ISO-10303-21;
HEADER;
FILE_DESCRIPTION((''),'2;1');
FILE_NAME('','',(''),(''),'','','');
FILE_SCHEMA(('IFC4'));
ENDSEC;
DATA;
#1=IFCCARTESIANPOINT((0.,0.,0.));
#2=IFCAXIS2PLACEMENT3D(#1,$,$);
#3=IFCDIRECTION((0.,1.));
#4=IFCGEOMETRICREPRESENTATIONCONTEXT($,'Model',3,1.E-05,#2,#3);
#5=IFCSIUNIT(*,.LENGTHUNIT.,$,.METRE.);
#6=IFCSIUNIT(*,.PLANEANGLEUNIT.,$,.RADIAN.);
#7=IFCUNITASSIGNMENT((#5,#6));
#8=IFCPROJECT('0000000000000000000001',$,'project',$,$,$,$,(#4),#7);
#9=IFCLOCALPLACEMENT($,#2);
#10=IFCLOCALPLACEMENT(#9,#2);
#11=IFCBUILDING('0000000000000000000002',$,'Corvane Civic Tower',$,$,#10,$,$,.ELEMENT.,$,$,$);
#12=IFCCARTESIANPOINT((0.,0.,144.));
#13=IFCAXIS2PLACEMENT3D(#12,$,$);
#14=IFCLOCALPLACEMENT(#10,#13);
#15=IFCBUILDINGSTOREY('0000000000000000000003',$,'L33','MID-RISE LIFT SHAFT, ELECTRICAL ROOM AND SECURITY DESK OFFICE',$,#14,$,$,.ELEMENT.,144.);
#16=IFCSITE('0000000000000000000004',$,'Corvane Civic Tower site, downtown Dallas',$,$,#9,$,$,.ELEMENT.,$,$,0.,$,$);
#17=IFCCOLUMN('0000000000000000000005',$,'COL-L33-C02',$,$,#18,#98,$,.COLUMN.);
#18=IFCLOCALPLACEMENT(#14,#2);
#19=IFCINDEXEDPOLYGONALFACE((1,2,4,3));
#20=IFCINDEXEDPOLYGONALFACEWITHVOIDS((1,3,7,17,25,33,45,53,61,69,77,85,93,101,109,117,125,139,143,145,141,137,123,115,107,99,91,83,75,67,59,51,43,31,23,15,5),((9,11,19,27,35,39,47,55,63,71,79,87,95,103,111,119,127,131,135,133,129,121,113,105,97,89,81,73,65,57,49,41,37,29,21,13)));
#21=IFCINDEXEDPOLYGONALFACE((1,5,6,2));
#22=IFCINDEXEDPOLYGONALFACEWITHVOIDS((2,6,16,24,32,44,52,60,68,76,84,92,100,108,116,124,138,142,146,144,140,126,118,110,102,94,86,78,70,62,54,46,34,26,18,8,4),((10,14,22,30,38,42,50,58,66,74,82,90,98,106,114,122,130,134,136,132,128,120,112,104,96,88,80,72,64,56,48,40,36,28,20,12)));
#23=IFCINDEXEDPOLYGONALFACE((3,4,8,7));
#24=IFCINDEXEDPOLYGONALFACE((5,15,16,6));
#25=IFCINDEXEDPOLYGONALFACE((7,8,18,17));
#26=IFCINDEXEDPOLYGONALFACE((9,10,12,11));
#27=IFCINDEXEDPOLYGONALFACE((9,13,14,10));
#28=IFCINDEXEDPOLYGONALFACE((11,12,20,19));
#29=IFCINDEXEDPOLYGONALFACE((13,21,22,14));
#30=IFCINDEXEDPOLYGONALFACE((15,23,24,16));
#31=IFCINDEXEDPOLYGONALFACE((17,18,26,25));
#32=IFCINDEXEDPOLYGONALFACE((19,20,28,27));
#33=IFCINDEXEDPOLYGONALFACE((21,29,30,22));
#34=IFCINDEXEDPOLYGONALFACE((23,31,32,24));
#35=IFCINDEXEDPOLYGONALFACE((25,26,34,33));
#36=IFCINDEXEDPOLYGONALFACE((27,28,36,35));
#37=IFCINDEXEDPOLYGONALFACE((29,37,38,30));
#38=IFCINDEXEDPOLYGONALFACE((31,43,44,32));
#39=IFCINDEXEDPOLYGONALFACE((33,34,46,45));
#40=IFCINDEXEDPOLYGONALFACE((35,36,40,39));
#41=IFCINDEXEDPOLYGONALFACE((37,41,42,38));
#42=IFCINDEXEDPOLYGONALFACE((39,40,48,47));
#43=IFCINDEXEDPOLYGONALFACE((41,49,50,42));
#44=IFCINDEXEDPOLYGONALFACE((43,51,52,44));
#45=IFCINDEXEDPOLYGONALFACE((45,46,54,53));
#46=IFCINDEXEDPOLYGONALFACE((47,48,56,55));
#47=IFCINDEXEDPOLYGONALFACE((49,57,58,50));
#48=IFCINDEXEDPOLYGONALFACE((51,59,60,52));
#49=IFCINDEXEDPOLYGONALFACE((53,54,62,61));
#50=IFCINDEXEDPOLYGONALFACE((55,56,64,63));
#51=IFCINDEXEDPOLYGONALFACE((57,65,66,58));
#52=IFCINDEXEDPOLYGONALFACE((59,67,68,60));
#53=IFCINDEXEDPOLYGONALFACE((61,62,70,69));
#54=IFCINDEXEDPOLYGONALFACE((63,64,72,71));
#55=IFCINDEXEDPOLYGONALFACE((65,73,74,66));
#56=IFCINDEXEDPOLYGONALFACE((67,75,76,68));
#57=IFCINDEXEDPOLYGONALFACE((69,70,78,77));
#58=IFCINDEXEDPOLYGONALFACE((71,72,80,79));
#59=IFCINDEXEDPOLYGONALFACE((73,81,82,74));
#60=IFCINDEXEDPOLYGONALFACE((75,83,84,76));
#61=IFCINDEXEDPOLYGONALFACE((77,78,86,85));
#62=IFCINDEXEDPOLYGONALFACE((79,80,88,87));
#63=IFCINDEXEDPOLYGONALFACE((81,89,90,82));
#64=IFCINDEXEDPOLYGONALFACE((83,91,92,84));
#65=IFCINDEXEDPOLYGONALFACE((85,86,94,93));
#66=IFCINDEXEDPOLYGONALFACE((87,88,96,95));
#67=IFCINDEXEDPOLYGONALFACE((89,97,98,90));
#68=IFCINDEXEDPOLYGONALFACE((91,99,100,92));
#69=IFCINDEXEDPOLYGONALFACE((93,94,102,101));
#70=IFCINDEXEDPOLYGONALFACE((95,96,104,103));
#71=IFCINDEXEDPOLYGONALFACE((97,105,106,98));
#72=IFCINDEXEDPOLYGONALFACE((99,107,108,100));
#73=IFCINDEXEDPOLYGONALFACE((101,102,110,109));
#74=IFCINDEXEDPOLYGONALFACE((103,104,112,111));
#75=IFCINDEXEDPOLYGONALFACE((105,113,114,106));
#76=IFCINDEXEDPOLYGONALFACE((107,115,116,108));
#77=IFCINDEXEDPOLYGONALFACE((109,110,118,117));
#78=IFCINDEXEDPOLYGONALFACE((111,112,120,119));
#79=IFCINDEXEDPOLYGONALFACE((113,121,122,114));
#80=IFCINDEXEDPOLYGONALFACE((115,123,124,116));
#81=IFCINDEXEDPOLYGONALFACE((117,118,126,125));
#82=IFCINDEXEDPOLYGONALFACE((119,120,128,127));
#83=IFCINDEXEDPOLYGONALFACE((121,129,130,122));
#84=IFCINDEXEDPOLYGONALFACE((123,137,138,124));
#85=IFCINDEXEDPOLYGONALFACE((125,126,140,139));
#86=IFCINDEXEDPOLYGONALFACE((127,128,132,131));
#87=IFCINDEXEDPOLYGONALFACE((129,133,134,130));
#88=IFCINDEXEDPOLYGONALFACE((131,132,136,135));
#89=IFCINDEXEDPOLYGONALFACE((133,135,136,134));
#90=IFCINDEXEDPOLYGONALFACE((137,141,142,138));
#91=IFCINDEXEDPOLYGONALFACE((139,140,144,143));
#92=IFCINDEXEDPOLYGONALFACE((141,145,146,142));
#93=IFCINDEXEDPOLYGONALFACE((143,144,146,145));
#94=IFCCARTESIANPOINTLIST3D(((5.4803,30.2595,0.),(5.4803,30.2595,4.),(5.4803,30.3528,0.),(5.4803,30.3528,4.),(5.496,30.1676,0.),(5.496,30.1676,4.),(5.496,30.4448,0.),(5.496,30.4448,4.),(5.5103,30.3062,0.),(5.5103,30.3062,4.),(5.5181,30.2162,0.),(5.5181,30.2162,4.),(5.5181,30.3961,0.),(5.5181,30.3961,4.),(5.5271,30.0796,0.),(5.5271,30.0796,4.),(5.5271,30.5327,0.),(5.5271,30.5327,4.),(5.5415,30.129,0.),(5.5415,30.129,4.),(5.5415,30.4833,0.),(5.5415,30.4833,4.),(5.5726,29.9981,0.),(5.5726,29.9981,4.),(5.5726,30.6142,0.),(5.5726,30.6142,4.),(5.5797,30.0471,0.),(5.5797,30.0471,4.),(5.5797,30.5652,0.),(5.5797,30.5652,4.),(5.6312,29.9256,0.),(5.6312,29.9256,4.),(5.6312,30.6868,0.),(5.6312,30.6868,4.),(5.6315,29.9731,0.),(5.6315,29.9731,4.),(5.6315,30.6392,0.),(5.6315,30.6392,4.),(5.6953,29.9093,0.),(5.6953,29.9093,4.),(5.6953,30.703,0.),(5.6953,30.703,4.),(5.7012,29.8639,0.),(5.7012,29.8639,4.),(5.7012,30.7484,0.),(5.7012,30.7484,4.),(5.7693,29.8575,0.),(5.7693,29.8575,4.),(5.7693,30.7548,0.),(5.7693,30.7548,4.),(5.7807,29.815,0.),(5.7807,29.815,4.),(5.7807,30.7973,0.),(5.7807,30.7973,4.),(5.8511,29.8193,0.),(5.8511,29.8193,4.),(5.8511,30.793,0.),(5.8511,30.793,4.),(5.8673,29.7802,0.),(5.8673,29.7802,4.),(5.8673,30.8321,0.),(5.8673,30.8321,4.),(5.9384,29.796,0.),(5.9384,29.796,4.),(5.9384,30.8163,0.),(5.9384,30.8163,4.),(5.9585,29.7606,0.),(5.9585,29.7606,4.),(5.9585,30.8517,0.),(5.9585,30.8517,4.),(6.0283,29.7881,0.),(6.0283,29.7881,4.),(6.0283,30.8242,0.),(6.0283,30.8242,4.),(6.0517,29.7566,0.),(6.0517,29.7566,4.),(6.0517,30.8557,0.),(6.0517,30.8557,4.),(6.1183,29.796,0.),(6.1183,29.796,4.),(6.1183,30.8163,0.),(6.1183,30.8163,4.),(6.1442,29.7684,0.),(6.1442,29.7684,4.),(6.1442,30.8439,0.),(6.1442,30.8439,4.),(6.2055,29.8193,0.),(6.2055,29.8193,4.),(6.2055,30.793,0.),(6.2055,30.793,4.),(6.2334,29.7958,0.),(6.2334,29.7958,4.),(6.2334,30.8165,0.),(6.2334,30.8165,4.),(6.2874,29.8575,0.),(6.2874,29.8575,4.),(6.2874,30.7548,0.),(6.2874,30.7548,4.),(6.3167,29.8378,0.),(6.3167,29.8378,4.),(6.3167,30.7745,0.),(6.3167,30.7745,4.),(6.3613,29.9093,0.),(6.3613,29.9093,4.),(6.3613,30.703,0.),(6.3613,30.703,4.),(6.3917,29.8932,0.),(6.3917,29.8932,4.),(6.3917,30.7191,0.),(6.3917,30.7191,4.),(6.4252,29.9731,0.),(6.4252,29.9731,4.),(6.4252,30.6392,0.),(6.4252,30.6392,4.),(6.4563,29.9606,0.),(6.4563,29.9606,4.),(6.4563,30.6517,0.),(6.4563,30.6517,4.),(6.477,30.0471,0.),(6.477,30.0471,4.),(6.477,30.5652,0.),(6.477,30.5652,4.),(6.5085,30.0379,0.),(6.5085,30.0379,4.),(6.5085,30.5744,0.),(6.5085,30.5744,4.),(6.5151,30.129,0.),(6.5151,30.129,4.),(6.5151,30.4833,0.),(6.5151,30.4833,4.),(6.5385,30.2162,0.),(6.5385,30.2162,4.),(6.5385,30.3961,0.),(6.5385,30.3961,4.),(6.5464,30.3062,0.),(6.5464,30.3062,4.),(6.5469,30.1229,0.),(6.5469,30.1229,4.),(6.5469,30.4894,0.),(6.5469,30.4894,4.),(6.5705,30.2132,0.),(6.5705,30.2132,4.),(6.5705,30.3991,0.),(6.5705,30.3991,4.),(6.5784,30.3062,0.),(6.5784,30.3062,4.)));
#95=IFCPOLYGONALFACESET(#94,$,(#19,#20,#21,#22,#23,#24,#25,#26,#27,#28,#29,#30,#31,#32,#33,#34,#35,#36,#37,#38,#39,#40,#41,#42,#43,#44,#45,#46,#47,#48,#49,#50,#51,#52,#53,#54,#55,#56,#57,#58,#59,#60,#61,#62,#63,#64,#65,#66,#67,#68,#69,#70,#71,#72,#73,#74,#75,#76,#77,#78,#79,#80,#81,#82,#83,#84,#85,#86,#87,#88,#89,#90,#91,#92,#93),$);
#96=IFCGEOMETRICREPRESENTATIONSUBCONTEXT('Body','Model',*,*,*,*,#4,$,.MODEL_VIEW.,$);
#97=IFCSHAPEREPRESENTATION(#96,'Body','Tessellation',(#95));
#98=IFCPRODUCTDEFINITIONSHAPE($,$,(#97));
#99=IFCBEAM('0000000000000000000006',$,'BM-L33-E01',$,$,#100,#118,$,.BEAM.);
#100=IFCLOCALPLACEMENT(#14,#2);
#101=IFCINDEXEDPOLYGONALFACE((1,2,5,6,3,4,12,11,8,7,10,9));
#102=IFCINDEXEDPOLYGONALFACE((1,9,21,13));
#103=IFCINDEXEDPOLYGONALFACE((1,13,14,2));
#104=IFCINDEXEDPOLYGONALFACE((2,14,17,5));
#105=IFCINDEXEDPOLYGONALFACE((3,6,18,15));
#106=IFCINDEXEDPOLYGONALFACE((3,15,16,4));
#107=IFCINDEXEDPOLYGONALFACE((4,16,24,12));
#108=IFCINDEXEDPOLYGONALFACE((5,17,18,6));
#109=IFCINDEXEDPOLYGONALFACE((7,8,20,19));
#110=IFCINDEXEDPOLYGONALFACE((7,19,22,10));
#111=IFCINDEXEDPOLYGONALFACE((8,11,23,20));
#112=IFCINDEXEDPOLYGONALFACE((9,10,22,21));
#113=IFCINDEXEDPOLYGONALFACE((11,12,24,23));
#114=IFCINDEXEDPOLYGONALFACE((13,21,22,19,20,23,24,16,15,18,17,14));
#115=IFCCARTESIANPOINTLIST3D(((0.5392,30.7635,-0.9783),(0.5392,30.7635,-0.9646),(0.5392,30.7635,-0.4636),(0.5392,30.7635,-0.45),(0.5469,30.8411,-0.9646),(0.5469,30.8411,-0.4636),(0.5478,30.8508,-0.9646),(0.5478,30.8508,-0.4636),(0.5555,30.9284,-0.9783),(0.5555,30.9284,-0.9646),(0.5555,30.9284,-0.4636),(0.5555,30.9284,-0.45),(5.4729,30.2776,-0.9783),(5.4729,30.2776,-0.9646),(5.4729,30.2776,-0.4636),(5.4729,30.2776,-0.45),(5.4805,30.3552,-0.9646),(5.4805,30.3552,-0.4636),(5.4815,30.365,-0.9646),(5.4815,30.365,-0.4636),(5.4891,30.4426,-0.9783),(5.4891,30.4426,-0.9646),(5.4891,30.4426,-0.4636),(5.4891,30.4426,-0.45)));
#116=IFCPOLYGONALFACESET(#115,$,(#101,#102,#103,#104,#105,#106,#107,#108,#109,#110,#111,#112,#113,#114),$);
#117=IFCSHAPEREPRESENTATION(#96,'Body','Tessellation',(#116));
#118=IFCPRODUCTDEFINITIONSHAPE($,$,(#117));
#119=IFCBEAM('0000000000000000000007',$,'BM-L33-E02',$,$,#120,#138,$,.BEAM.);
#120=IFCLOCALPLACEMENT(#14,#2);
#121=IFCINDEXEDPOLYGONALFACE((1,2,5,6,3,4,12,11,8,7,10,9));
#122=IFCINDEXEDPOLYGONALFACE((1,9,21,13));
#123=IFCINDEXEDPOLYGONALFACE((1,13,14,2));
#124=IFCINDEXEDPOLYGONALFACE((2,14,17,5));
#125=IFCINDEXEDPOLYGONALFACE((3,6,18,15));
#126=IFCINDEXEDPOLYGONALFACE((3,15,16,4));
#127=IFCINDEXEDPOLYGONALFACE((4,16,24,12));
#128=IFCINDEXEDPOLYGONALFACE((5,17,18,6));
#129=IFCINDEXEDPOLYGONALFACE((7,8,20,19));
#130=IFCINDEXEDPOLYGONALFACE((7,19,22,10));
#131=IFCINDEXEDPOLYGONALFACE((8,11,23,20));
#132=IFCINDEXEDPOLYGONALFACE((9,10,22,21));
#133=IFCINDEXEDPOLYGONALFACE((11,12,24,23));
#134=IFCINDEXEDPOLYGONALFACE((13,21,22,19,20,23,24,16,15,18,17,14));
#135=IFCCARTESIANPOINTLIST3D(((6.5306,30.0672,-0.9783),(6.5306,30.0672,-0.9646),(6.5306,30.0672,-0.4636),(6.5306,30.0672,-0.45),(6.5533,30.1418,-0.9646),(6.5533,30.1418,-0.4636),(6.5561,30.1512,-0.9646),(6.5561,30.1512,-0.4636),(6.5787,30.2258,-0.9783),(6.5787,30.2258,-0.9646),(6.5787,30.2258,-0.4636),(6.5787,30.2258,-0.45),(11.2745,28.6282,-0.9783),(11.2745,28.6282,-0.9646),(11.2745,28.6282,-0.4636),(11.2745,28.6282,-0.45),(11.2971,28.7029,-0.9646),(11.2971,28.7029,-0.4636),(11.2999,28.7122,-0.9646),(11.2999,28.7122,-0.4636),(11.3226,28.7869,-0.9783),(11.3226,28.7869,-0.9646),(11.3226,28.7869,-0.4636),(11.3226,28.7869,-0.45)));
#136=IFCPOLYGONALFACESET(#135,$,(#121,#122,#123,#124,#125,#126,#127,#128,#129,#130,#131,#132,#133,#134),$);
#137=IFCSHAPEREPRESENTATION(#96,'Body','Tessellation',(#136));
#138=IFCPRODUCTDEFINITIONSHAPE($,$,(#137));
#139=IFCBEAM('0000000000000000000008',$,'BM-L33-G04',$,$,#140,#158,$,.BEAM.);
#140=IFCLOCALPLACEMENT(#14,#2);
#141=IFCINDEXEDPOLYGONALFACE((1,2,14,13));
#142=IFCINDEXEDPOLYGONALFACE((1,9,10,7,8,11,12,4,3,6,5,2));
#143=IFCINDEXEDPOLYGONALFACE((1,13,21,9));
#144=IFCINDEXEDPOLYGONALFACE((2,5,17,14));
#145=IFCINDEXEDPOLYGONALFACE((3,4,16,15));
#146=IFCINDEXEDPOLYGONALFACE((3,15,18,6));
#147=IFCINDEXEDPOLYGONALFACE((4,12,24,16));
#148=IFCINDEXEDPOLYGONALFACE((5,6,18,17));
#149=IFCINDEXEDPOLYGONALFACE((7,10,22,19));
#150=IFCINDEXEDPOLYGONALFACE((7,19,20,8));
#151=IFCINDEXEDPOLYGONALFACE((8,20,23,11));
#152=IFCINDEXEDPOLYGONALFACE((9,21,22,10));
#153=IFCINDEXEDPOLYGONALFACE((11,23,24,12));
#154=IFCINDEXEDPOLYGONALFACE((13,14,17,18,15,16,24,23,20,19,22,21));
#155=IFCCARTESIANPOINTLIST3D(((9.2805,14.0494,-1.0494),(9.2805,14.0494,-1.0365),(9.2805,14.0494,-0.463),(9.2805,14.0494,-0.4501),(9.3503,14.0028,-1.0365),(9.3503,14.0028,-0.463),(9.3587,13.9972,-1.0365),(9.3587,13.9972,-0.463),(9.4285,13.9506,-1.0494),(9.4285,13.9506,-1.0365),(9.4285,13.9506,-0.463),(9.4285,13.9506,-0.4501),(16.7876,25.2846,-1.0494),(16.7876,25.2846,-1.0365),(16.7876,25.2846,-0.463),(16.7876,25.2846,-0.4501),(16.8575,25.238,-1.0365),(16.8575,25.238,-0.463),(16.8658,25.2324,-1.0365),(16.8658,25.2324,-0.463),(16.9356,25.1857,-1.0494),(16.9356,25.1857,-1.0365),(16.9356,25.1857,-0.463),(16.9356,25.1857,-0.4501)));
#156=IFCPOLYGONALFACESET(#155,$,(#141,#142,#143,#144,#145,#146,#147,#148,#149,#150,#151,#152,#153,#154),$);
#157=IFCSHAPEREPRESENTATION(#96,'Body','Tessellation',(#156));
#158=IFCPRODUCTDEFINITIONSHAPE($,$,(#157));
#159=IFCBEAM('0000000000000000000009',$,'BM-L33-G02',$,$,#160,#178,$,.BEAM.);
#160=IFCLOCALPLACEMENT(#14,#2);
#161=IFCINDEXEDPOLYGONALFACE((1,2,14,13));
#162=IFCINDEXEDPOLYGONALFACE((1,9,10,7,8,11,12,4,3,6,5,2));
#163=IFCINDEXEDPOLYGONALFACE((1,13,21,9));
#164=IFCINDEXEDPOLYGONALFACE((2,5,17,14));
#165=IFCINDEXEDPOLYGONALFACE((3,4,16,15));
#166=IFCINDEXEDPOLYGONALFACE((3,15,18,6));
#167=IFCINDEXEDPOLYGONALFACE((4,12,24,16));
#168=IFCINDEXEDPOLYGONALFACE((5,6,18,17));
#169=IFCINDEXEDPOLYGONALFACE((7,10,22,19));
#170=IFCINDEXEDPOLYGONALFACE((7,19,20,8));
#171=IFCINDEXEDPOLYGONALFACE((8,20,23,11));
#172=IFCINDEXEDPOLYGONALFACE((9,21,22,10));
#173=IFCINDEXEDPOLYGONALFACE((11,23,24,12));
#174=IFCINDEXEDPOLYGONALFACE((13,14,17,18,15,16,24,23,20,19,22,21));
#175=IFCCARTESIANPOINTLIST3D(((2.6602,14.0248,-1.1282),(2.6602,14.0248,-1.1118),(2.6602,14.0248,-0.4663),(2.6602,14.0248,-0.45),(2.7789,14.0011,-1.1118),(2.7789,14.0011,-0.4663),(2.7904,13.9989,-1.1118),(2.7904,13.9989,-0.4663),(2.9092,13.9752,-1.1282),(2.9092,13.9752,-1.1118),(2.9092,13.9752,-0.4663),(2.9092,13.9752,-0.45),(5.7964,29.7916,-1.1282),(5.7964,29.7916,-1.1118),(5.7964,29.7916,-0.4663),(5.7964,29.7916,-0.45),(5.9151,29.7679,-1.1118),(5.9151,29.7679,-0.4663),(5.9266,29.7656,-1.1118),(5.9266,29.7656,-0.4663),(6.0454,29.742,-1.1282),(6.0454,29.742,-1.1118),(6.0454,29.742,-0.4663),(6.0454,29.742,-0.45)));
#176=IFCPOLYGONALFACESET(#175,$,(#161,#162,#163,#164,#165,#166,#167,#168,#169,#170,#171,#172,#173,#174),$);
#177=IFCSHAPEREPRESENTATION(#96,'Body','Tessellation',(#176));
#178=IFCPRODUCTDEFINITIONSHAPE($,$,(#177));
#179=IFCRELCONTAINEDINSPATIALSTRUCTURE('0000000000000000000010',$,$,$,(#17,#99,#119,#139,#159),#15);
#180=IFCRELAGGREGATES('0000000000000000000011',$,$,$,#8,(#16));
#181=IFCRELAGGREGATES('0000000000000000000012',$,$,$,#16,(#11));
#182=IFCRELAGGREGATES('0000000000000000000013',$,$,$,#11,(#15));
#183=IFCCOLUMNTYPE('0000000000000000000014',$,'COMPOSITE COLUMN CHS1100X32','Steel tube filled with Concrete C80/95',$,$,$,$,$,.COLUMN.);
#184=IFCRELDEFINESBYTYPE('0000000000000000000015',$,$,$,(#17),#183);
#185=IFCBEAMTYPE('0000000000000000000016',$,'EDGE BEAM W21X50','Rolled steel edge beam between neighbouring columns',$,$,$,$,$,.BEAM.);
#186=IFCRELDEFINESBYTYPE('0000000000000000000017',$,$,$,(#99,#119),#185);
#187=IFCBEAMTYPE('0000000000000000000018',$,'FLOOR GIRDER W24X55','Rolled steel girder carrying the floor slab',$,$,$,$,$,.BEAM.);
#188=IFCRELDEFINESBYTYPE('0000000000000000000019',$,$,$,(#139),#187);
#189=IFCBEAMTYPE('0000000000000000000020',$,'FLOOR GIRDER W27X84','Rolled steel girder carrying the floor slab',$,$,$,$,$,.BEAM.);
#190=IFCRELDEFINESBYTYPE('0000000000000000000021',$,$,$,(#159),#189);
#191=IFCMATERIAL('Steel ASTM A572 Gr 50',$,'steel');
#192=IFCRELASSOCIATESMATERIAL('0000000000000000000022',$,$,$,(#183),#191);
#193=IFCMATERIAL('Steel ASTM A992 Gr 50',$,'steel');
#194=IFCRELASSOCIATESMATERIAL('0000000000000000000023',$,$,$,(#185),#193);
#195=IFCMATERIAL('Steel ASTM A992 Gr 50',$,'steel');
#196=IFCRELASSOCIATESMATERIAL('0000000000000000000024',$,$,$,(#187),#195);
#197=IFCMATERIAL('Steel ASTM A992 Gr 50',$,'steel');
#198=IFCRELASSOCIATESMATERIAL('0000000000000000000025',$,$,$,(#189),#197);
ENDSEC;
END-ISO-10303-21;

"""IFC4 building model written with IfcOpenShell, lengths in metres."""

from ifc_helpers import new_model, si_unit, direction, frame, origin, origin_2d, place, context, subcontext, project, spatial, hollow_circle, i_section, extrude, material, material_profile, profile_set, type_object, element, save


model = new_model("IFC4")

# Units and contexts
model_context = context("Model", 3, precision=1e-05, world=origin(), true_north=direction((0.0, 1.0)))
body_context = subcontext(model_context, "Body", "Model", "MODEL_VIEW")
ifc_project = project(units=[si_unit("LENGTHUNIT", "METRE"), si_unit("PLANEANGLEUNIT", "RADIAN")], contexts=[model_context])

# Site, building, storey
site_placement = place(None, origin())
site = spatial("IfcSite", under=ifc_project, at=site_placement, Name="Corvane Civic Tower site, downtown Dallas", CompositionType="ELEMENT", RefElevation=0.0)
building_placement = place(site_placement, origin())
building = spatial("IfcBuilding", under=site, at=building_placement, Name="Corvane Civic Tower", CompositionType="ELEMENT")
storey_placement = place(building_placement, frame((0.0, 0.0, 144.0)))
storey = spatial("IfcBuildingStorey", under=building, at=storey_placement, Name="L33", Description="MID-RISE LIFT SHAFT, ELECTRICAL ROOM AND SECURITY DESK OFFICE", CompositionType="ELEMENT", Elevation=144.0)

# Column
ifc_material_1 = material(Name="Steel ASTM A572 Gr 50", Category="steel")
ifc_material_profile_1 = material_profile(ifc_material_1, hollow_circle(Radius=0.55, WallThickness=0.032, at=origin_2d()), Name="CHS1100X32")
ifc_profile_set_1 = profile_set([ifc_material_profile_1], Name="Steel ASTM A572 Gr 50")
column_type = type_object("IfcColumnType", Name="COMPOSITE COLUMN CHS1100X32", Description="Steel tube filled with Concrete C80/95", PredefinedType="COLUMN", material=ifc_profile_set_1)
column_placement = place(storey_placement, frame((6.0283, 30.3062, 0.0), z_axis=(0.0, 0.0, 1.0), x_axis=(1.0, 0.0, 0.0)))
element("IfcColumn", 1, at=column_placement, inside=storey, type_object=column_type, Name="COL-L33-C02", PredefinedType="COLUMN", context=body_context, shape_type="SweptSolid", body=[
    extrude(hollow_circle(Radius=0.55, WallThickness=0.032, at=origin_2d()), origin(), (0.0, 0.0, 1.0), 4.0),
])

# Beams
ifc_material_2 = material(Name="Steel ASTM A992 Gr 50", Category="steel")
ifc_material_profile_2 = material_profile(ifc_material_2, i_section(OverallWidth=0.1658, OverallDepth=0.5283, WebThickness=0.0098, FlangeThickness=0.0137, at=origin_2d()), Name="W21X50")
ifc_profile_set_2 = profile_set([ifc_material_profile_2], Name="Steel ASTM A992 Gr 50")
beam_type_1 = type_object("IfcBeamType", Name="EDGE BEAM W21X50", Description="Rolled steel edge beam between neighbouring columns", PredefinedType="BEAM", material=ifc_profile_set_2)
beam_1_placement = place(storey_placement, frame((0.5474, 30.8459, -0.7141), z_axis=(0.995186, -0.098002, 0.0), x_axis=(0.098002, 0.995186, 0.0)))
element("IfcBeam", 2, at=beam_1_placement, inside=storey, type_object=beam_type_1, Name="BM-L33-E01", PredefinedType="BEAM", context=body_context, shape_type="SweptSolid", body=[
    extrude(i_section(OverallWidth=0.1658, OverallDepth=0.5283, WebThickness=0.0098, FlangeThickness=0.0137, at=origin_2d()), origin(), (0.0, 0.0, 1.0), 4.9575),
])
beam_2_placement = place(storey_placement, frame((6.5547, 30.1465, -0.7141), z_axis=(0.956945, -0.29027, 0.0), x_axis=(0.29027, 0.956945, 0.0)))
element("IfcBeam", 3, at=beam_2_placement, inside=storey, type_object=beam_type_1, Name="BM-L33-E02", PredefinedType="BEAM", context=body_context, shape_type="SweptSolid", body=[
    extrude(i_section(OverallWidth=0.1658, OverallDepth=0.5283, WebThickness=0.0098, FlangeThickness=0.0137, at=origin_2d()), origin(), (0.0, 0.0, 1.0), 4.9573),
])
ifc_material_3 = material(Name="Steel ASTM A992 Gr 50", Category="steel")
ifc_material_profile_3 = material_profile(ifc_material_3, i_section(OverallWidth=0.178, OverallDepth=0.5994, WebThickness=0.01, FlangeThickness=0.0129, at=origin_2d()), Name="W24X55")
ifc_profile_set_3 = profile_set([ifc_material_profile_3], Name="Steel ASTM A992 Gr 50")
beam_type_2 = type_object("IfcBeamType", Name="FLOOR GIRDER W24X55", Description="Rolled steel girder carrying the floor slab", PredefinedType="BEAM", material=ifc_profile_set_3)
beam_3_placement = place(storey_placement, frame((9.3545, 14.0, -0.7498), z_axis=(0.555571, 0.831469, 0.0), x_axis=(-0.831469, 0.555571, 0.0)))
element("IfcBeam", 4, at=beam_3_placement, inside=storey, type_object=beam_type_2, Name="BM-L33-G04", PredefinedType="BEAM", context=body_context, shape_type="SweptSolid", body=[
    extrude(i_section(OverallWidth=0.178, OverallDepth=0.5994, WebThickness=0.01, FlangeThickness=0.0129, at=origin_2d()), origin(), (0.0, 0.0, 1.0), 13.5125),
])
ifc_material_4 = material(Name="Steel ASTM A992 Gr 50", Category="steel")
ifc_material_profile_4 = material_profile(ifc_material_4, i_section(OverallWidth=0.2539, OverallDepth=0.6782, WebThickness=0.0117, FlangeThickness=0.0164, at=origin_2d()), Name="W27X84")
ifc_profile_set_4 = profile_set([ifc_material_profile_4], Name="Steel ASTM A992 Gr 50")
beam_type_3 = type_object("IfcBeamType", Name="FLOOR GIRDER W27X84", Description="Rolled steel girder carrying the floor slab", PredefinedType="BEAM", material=ifc_profile_set_4)
beam_4_placement = place(storey_placement, frame((2.7847, 14.0, -0.7891), z_axis=(0.195091, 0.980785, 0.0), x_axis=(-0.980785, 0.195091, 0.0)))
element("IfcBeam", 5, at=beam_4_placement, inside=storey, type_object=beam_type_3, Name="BM-L33-G02", PredefinedType="BEAM", context=body_context, shape_type="SweptSolid", body=[
    extrude(i_section(OverallWidth=0.2539, OverallDepth=0.6782, WebThickness=0.0117, FlangeThickness=0.0164, at=origin_2d()), origin(), (0.0, 0.0, 1.0), 16.0757),
])

save(model, "model.ifc")
